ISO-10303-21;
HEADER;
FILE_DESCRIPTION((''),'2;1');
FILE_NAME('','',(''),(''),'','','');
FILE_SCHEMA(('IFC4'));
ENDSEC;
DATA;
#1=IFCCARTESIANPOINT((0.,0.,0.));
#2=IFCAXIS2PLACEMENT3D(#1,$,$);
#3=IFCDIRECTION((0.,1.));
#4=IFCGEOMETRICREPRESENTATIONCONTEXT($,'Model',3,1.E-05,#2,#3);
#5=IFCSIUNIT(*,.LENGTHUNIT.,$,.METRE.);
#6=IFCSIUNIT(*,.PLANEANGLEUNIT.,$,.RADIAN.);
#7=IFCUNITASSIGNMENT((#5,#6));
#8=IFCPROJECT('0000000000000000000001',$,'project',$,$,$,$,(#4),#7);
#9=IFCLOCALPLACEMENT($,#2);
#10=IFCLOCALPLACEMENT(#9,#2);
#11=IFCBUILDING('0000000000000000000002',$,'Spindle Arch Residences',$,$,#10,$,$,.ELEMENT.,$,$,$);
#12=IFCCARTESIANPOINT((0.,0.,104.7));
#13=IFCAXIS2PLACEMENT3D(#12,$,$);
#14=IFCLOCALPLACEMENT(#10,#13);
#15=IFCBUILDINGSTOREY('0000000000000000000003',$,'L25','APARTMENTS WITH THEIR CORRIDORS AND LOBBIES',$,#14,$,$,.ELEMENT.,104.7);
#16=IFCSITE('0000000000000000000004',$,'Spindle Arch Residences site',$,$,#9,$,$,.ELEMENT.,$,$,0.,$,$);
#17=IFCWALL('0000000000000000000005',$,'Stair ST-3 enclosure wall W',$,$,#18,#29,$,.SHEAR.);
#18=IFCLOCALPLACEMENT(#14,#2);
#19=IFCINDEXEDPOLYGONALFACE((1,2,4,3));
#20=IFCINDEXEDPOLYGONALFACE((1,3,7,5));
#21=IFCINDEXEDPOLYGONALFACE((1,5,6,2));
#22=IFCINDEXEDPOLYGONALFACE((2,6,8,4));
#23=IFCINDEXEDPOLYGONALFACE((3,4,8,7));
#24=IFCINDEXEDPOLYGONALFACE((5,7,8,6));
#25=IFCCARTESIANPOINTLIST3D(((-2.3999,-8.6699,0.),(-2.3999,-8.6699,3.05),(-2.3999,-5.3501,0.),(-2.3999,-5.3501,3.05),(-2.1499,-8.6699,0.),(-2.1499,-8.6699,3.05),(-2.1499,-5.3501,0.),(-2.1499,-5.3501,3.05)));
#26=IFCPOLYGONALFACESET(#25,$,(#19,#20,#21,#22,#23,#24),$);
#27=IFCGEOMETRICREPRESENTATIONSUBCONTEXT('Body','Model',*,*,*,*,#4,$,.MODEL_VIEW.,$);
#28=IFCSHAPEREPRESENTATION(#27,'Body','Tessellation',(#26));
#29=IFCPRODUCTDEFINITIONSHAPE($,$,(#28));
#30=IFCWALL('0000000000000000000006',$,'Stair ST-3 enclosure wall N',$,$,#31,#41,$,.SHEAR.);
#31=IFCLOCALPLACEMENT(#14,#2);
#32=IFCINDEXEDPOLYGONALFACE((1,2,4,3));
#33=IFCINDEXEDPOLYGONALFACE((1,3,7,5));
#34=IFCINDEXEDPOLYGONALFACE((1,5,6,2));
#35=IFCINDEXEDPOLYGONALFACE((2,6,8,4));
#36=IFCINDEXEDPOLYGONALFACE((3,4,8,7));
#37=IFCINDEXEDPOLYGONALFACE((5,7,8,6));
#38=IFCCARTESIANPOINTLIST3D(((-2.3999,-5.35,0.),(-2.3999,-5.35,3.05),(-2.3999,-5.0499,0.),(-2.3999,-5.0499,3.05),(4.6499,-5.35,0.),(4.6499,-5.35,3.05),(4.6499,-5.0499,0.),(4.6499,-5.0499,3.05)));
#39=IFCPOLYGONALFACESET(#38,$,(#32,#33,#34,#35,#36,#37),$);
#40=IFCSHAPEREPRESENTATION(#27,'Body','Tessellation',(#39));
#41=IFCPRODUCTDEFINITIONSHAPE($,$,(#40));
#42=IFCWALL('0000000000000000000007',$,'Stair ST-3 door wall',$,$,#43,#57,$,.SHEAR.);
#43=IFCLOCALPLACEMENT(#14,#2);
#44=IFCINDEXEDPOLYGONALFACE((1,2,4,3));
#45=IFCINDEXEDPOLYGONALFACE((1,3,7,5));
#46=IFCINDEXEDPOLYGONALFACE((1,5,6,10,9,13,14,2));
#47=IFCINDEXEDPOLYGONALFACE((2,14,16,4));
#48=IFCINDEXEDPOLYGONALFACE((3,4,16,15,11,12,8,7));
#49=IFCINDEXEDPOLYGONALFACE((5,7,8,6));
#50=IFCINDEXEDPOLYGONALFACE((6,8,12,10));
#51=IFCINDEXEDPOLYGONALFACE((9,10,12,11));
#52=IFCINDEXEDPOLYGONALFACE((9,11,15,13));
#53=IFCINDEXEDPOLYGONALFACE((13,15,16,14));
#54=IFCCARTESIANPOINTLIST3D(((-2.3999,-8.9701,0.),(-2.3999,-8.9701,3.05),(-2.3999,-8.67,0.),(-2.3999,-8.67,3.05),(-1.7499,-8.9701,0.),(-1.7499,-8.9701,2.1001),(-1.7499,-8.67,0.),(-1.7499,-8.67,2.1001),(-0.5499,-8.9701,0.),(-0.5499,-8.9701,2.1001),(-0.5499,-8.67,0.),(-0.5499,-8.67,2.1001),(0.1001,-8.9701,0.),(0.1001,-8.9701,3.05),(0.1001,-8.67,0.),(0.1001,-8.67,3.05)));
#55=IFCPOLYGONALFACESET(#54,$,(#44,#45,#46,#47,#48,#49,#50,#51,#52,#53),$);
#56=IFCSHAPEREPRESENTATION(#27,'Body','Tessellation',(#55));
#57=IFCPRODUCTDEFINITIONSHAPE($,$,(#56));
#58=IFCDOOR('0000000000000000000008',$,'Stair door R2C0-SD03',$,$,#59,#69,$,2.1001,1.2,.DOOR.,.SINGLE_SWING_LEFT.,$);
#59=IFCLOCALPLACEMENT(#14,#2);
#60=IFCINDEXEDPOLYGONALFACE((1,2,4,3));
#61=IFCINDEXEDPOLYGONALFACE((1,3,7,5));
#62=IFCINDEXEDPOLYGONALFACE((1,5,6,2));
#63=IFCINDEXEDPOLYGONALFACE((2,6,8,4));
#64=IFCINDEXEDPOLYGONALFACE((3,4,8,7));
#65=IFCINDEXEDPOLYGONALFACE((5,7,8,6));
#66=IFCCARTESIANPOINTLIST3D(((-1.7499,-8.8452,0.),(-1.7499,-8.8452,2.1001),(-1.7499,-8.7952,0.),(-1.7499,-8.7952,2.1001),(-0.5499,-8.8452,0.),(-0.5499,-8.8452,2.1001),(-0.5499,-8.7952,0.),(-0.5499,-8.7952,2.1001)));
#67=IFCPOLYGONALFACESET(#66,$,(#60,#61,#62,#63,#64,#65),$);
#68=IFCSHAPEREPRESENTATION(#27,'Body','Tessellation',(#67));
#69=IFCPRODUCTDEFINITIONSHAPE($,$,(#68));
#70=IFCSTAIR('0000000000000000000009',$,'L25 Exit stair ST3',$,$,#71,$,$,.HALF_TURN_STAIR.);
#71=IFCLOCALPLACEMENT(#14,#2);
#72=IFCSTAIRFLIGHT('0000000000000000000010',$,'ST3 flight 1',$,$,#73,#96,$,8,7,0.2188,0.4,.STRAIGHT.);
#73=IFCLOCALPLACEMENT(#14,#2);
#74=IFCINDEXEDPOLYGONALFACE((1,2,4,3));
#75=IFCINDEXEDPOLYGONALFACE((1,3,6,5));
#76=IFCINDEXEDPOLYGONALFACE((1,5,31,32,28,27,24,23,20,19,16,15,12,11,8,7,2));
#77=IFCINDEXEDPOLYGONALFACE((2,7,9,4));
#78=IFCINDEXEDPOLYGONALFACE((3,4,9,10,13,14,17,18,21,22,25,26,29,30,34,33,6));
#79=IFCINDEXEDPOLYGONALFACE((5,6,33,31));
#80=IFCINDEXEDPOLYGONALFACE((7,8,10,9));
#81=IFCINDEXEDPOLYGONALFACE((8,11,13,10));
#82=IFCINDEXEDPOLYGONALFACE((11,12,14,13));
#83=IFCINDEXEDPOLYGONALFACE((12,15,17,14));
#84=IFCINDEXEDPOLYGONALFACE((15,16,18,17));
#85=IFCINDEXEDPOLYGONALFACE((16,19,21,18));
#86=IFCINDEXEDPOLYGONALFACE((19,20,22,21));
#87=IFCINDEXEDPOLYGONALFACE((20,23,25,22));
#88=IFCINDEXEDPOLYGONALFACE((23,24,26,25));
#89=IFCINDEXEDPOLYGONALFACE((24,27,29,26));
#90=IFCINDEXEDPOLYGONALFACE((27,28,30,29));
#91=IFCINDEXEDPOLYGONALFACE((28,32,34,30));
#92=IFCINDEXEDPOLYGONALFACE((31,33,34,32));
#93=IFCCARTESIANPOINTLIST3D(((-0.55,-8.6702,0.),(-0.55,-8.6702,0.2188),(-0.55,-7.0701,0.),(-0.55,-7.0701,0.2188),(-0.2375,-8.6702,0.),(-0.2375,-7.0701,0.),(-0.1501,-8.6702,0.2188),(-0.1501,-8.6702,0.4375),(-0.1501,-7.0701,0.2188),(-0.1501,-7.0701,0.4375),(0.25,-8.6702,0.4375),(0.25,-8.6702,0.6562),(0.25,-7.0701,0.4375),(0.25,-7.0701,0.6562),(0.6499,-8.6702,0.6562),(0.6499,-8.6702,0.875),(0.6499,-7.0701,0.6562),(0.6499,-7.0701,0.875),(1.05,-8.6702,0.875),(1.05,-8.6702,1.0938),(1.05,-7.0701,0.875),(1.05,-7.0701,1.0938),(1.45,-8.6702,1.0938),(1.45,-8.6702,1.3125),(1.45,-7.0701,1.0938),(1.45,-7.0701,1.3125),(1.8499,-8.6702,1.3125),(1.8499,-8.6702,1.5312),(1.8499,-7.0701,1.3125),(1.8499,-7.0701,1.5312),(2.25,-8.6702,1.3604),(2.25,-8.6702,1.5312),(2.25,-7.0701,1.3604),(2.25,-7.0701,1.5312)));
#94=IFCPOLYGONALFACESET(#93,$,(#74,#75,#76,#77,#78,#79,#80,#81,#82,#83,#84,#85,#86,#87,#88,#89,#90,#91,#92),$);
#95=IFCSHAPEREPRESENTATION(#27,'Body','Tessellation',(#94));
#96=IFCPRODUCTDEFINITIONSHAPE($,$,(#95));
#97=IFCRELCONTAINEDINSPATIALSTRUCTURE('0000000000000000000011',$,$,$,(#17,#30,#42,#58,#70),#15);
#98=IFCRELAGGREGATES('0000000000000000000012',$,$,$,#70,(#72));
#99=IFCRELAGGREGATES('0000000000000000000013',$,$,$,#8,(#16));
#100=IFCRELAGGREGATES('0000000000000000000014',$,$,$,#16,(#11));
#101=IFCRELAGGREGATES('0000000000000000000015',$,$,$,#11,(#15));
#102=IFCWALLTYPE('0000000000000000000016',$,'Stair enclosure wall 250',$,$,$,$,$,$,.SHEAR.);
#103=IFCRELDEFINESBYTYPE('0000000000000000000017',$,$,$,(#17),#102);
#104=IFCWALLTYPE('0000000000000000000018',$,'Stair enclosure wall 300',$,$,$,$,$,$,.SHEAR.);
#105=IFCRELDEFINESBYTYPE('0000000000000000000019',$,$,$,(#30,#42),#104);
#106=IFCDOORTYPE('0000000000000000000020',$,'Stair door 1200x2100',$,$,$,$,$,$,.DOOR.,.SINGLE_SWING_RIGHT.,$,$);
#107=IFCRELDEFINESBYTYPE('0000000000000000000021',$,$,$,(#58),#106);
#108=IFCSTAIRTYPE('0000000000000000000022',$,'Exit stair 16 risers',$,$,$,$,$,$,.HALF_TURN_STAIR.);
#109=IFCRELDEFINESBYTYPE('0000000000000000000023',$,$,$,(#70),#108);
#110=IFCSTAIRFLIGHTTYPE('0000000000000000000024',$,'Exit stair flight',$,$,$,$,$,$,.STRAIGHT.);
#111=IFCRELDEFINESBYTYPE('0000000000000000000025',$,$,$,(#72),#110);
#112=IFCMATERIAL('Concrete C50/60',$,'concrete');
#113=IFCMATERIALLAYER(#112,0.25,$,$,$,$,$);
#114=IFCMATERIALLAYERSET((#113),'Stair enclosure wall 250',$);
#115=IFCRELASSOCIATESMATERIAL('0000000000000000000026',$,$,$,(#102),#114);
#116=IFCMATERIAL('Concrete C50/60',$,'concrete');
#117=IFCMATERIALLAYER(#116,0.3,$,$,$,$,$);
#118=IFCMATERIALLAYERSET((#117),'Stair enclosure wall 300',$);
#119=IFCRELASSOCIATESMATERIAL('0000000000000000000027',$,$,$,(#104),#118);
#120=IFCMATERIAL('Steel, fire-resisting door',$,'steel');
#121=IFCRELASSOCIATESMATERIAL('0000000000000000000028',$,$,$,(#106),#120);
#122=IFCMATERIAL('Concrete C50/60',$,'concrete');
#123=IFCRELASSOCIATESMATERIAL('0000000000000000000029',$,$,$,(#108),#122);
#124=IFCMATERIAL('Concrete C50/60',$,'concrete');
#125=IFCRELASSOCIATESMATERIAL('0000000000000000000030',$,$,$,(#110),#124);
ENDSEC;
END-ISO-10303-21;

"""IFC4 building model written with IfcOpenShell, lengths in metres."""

from ifc_helpers import new_model, si_unit, direction, frame, frame_2d, origin, place, context, subcontext, project, spatial, polyline, rectangle, outline, extrude, material, layer, layer_set, type_object, element, fill, aggregate, save


model = new_model("IFC4")

# Units and contexts
model_context = context("Model", 3, precision=1e-05, world=origin(), true_north=direction((0.0, 1.0)))
body_context = subcontext(model_context, "Body", "Model", "MODEL_VIEW")
ifc_project = project(units=[si_unit("LENGTHUNIT", "METRE"), si_unit("PLANEANGLEUNIT", "RADIAN")], contexts=[model_context])

# Site, building, storey
site_placement = place(None, origin())
site = spatial("IfcSite", under=ifc_project, at=site_placement, Name="Spindle Arch Residences site", CompositionType="ELEMENT", RefElevation=0.0)
building_placement = place(site_placement, origin())
building = spatial("IfcBuilding", under=site, at=building_placement, Name="Spindle Arch Residences", CompositionType="ELEMENT")
storey_placement = place(building_placement, frame((0.0, 0.0, 104.7)))
storey = spatial("IfcBuildingStorey", under=building, at=storey_placement, Name="L25", Description="APARTMENTS WITH THEIR CORRIDORS AND LOBBIES", CompositionType="ELEMENT", Elevation=104.7)

# Walls
ifc_material_1 = material(Name="Concrete C50/60", Category="concrete")
ifc_layer_1 = layer(ifc_material_1, 0.25)
ifc_layer_set_1 = layer_set([ifc_layer_1], Name="Stair enclosure wall 250")
wall_type_1 = type_object("IfcWallType", Name="Stair enclosure wall 250", PredefinedType="SHEAR", material=ifc_layer_set_1)
wall_1_placement = place(storey_placement, frame((-2.2749, -8.6699, 0.0), z_axis=(0.0, 0.0, 1.0), x_axis=(0.0, 1.0, 0.0)))
element("IfcWall", 1, at=wall_1_placement, inside=storey, type_object=wall_type_1, Name="Stair ST-3 enclosure wall W", PredefinedType="SHEAR", context=body_context, shape_type="SweptSolid", body=[
    extrude(rectangle(XDim=3.3198, YDim=0.25, at=frame_2d((1.6599, 0.0))), origin(), (0.0, 0.0, 1.0), 3.05),
])
ifc_material_2 = material(Name="Concrete C50/60", Category="concrete")
ifc_layer_2 = layer(ifc_material_2, 0.3)
ifc_layer_set_2 = layer_set([ifc_layer_2], Name="Stair enclosure wall 300")
wall_type_2 = type_object("IfcWallType", Name="Stair enclosure wall 300", PredefinedType="SHEAR", material=ifc_layer_set_2)
wall_2_placement = place(storey_placement, frame((-2.3999, -5.2, 0.0), z_axis=(0.0, 0.0, 1.0), x_axis=(1.0, 0.0, 0.0)))
element("IfcWall", 2, at=wall_2_placement, inside=storey, type_object=wall_type_2, Name="Stair ST-3 enclosure wall N", PredefinedType="SHEAR", context=body_context, shape_type="SweptSolid", body=[
    extrude(rectangle(XDim=7.0498, YDim=0.3, at=frame_2d((3.5249, 0.0))), origin(), (0.0, 0.0, 1.0), 3.05),
])

# Wall, opening, door
wall_3_placement = place(storey_placement, frame((-2.3999, -8.8201, 0.0), z_axis=(0.0, 0.0, 1.0), x_axis=(1.0, 0.0, 0.0)))
wall_3 = element("IfcWall", 3, at=wall_3_placement, inside=storey, type_object=wall_type_2, Name="Stair ST-3 door wall", PredefinedType="SHEAR", context=body_context, shape_type="SweptSolid", body=[
    extrude(rectangle(XDim=2.5, YDim=0.3, at=frame_2d((1.25, 0.0))), origin(), (0.0, 0.0, 1.0), 3.05),
])
opening_1_placement = place(wall_3_placement, frame((0.6499, 0.0, 0.0)))
opening_1 = element("IfcOpeningElement", 4, at=opening_1_placement, cuts=wall_3, PredefinedType="OPENING", context=body_context, shape_type="SweptSolid", body=[
    extrude(rectangle(XDim=1.2, YDim=2.1001, at=frame_2d((0.6001, 1.05))), frame((0.0, 0.1602, 0.0), z_axis=(0.0, -1.0, 0.0), x_axis=(1.0, 0.0, 0.0)), (0.0, 0.0, 1.0), 0.3201),
])
ifc_material_3 = material(Name="Steel, fire-resisting door", Category="steel")
door_type_1 = type_object("IfcDoorType", Name="Stair door 1200x2100", OperationType="SINGLE_SWING_RIGHT", PredefinedType="DOOR", material=ifc_material_3)
door_1_placement = place(opening_1_placement, origin())
door_1 = element("IfcDoor", 5, at=door_1_placement, inside=storey, type_object=door_type_1, Name="Stair door R2C0-SD03", OperationType="SINGLE_SWING_LEFT", OverallHeight=2.1001, OverallWidth=1.2, PredefinedType="DOOR", context=body_context, shape_type="SweptSolid", body=[
    extrude(rectangle(XDim=1.2, YDim=2.1001, at=frame_2d((0.6001, 1.05))), frame((0.0, 0.0249, 0.0), z_axis=(0.0, -1.0, 0.0), x_axis=(1.0, 0.0, 0.0)), (0.0, 0.0, 1.0), 0.05),
])
fill(opening_1, door_1)

# Stair, stair flight
ifc_material_4 = material(Name="Concrete C50/60", Category="concrete")
stair_type = type_object("IfcStairType", Name="Exit stair 16 risers", PredefinedType="HALF_TURN_STAIR", material=ifc_material_4)
stair_placement = place(storey_placement, origin())
stair = element("IfcStair", 6, at=stair_placement, inside=storey, type_object=stair_type, Name="L25 Exit stair ST3", PredefinedType="HALF_TURN_STAIR")
ifc_material_5 = material(Name="Concrete C50/60", Category="concrete")
stair_flight_type = type_object("IfcStairFlightType", Name="Exit stair flight", PredefinedType="STRAIGHT", material=ifc_material_5)
stair_flight_placement = place(storey_placement, frame((-0.55, -7.8701, 0.0), z_axis=(0.0, 0.0, 1.0), x_axis=(1.0, 0.0, 0.0)))
stair_flight = element("IfcStairFlight", 7, at=stair_flight_placement, type_object=stair_flight_type, Name="ST3 flight 1", NumberOfRisers=8, NumberOfTreads=7, PredefinedType="STRAIGHT", RiserHeight=0.2188, TreadLength=0.4, context=body_context, shape_type="SweptSolid", body=[
    extrude(outline(polyline([(0.0, 0.0), (0.0, 0.2188), (0.3999, 0.2188), (0.3999, 0.4375), (0.8, 0.4375), (0.8, 0.6562), (1.2, 0.6562), (1.2, 0.875), (1.6001, 0.875), (1.6001, 1.0938), (2.0, 1.0938), (2.0, 1.3125), (2.3999, 1.3125), (2.3999, 1.5312), (2.8, 1.5312), (2.8, 1.75), (2.8, 1.3604), (0.3125, 0.0), (0.0, 0.0)])), frame((0.0, 0.8, 0.0), z_axis=(0.0, -1.0, 0.0), x_axis=(1.0, 0.0, 0.0)), (0.0, 0.0, 1.0), 1.6001),
])
aggregate(stair, [stair_flight])

save(model, "model.ifc")
